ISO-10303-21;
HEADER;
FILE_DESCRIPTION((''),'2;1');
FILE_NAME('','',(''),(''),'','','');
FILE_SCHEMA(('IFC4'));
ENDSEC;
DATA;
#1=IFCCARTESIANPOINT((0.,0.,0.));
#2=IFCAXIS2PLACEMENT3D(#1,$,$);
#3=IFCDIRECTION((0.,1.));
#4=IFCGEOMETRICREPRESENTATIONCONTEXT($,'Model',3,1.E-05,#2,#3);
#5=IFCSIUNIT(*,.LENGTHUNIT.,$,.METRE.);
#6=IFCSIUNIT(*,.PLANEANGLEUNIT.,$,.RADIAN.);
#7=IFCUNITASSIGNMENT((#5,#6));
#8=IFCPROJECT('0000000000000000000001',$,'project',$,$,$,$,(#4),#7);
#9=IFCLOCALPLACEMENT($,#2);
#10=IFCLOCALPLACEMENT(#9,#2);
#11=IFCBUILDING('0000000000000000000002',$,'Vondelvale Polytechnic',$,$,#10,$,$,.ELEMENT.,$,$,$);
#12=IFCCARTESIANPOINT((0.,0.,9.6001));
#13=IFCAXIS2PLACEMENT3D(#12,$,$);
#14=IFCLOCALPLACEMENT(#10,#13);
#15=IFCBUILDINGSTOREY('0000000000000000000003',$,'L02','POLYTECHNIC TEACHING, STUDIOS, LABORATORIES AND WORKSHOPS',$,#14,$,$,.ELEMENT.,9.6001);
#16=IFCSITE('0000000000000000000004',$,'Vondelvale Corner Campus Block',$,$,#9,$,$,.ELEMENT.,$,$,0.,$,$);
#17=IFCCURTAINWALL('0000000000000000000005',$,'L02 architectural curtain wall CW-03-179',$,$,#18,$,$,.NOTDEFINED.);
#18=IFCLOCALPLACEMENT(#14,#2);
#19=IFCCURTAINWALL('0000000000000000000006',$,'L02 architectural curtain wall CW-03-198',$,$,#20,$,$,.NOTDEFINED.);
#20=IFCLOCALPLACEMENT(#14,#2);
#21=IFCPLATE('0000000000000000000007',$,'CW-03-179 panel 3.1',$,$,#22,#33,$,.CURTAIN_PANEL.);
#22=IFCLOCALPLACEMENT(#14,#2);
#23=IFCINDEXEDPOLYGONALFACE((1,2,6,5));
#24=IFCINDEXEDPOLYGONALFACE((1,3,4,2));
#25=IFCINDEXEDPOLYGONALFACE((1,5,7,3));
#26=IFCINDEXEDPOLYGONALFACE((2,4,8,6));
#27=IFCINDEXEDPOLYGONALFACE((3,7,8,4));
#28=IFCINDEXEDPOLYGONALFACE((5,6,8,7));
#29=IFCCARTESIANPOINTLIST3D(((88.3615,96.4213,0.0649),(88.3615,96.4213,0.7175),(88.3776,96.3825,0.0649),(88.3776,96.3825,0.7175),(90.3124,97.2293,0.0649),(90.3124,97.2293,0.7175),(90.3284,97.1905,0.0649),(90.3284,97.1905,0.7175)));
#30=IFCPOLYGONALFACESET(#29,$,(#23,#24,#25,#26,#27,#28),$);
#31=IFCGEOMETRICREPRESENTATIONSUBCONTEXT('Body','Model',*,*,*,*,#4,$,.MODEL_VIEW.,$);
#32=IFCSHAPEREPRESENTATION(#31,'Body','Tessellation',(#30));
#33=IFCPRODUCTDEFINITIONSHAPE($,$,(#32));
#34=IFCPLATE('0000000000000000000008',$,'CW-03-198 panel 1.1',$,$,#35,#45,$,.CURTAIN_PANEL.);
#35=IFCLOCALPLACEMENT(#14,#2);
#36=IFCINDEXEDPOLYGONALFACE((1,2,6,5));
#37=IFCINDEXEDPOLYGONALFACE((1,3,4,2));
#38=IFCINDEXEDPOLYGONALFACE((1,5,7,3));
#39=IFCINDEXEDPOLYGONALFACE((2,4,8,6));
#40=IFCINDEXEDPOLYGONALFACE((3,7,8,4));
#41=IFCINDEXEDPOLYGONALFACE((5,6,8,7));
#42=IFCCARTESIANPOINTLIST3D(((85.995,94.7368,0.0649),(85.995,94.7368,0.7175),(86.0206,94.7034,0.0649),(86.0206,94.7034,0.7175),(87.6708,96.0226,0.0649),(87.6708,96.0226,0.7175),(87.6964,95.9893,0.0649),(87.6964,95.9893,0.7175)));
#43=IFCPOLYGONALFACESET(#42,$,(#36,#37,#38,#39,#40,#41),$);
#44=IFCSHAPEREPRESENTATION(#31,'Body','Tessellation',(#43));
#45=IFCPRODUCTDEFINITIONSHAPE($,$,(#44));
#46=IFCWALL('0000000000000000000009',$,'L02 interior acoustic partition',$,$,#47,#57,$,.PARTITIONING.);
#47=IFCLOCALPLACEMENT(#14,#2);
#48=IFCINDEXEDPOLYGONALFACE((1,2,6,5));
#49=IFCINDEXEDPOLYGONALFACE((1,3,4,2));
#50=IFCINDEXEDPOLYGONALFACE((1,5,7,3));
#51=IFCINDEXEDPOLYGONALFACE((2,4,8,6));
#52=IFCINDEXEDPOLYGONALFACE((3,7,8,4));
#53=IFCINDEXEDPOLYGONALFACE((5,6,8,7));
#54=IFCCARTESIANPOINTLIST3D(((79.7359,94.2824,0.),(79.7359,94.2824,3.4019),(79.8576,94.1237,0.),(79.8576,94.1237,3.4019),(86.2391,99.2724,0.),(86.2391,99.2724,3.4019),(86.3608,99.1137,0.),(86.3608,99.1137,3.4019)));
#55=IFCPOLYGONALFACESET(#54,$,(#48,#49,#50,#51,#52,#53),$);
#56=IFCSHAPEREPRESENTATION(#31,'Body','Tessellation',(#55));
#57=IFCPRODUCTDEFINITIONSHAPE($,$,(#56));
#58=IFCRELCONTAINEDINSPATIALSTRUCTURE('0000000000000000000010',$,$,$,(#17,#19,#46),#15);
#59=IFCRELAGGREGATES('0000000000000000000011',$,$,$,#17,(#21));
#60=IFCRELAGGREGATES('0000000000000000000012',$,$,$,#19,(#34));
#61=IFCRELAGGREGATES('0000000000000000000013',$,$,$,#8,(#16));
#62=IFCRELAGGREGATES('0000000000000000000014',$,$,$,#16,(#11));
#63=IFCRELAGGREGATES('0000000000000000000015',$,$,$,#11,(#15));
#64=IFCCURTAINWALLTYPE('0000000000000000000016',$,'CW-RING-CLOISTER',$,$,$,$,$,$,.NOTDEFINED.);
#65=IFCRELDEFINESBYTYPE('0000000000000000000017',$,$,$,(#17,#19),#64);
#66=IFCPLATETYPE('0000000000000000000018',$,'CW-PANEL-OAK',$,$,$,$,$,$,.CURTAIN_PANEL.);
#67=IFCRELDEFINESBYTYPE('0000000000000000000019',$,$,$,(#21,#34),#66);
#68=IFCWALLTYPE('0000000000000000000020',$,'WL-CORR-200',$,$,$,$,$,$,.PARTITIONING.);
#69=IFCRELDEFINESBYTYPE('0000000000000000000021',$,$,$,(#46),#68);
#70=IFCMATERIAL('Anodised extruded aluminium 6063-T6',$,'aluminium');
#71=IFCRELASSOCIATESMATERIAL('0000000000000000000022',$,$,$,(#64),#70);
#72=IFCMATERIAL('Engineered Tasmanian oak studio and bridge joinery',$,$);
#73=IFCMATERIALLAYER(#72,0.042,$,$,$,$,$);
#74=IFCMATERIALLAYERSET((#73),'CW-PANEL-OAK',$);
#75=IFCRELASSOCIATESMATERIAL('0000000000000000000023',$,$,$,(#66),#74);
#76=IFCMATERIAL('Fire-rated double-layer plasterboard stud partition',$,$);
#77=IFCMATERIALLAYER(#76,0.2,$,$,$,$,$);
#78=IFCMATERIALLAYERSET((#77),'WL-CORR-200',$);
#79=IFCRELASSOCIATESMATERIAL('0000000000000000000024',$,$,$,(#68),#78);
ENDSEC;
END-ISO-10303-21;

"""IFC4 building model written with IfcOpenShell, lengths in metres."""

from ifc_helpers import new_model, si_unit, direction, frame, frame_2d, origin, origin_2d, place, context, subcontext, project, spatial, rectangle, extrude, material, layer, layer_set, type_object, element, aggregate, save


model = new_model("IFC4")

# Units and contexts
model_context = context("Model", 3, precision=1e-05, world=origin(), true_north=direction((0.0, 1.0)))
body_context = subcontext(model_context, "Body", "Model", "MODEL_VIEW")
ifc_project = project(units=[si_unit("LENGTHUNIT", "METRE"), si_unit("PLANEANGLEUNIT", "RADIAN")], contexts=[model_context])

# Site, building, storey
site_placement = place(None, origin())
site = spatial("IfcSite", under=ifc_project, at=site_placement, Name="Vondelvale Corner Campus Block", CompositionType="ELEMENT", RefElevation=0.0)
building_placement = place(site_placement, origin())
building = spatial("IfcBuilding", under=site, at=building_placement, Name="Vondelvale Polytechnic", CompositionType="ELEMENT")
storey_placement = place(building_placement, frame((0.0, 0.0, 9.6001)))
storey = spatial("IfcBuildingStorey", under=building, at=storey_placement, Name="L02", Description="POLYTECHNIC TEACHING, STUDIOS, LABORATORIES AND WORKSHOPS", CompositionType="ELEMENT", Elevation=9.6001)

# Curtain walls
ifc_material_1 = material(Name="Anodised extruded aluminium 6063-T6", Category="aluminium")
curtain_wall_type = type_object("IfcCurtainWallType", Name="CW-RING-CLOISTER", PredefinedType="NOTDEFINED", material=ifc_material_1)
curtain_wall_1_placement = place(storey_placement, origin())
curtain_wall_1 = element("IfcCurtainWall", 1, at=curtain_wall_1_placement, inside=storey, type_object=curtain_wall_type, Name="L02 architectural curtain wall CW-03-179", PredefinedType="NOTDEFINED")
curtain_wall_2_placement = place(storey_placement, origin())
curtain_wall_2 = element("IfcCurtainWall", 2, at=curtain_wall_2_placement, inside=storey, type_object=curtain_wall_type, Name="L02 architectural curtain wall CW-03-198", PredefinedType="NOTDEFINED")

# Plates
ifc_material_2 = material(Name="Engineered Tasmanian oak studio and bridge joinery")
ifc_layer_1 = layer(ifc_material_2, 0.042)
ifc_layer_set_1 = layer_set([ifc_layer_1], Name="CW-PANEL-OAK")
plate_type_1 = type_object("IfcPlateType", Name="CW-PANEL-OAK", PredefinedType="CURTAIN_PANEL", material=ifc_layer_set_1)
plate_1_placement = place(storey_placement, frame((89.345, 96.8059, 0.0649), z_axis=(0.0, 0.0, 1.0), x_axis=(-0.923882, -0.382679, 0.0)))
plate_1 = element("IfcPlate", 3, at=plate_1_placement, type_object=plate_type_1, Name="CW-03-179 panel 3.1", PredefinedType="CURTAIN_PANEL", context=body_context, shape_type="SweptSolid", body=[
    extrude(rectangle(XDim=2.1116, YDim=0.042, at=origin_2d()), origin(), (0.0, 0.0, 1.0), 0.6526),
])
aggregate(curtain_wall_1, [plate_1])
plate_2_placement = place(storey_placement, frame((86.8457, 95.363, 0.0649), z_axis=(0.0, 0.0, 1.0), x_axis=(-0.793364, -0.608748, 0.0)))
plate_2 = element("IfcPlate", 4, at=plate_2_placement, type_object=plate_type_1, Name="CW-03-198 panel 1.1", PredefinedType="CURTAIN_PANEL", context=body_context, shape_type="SweptSolid", body=[
    extrude(rectangle(XDim=2.1123, YDim=0.042, at=origin_2d()), origin(), (0.0, 0.0, 1.0), 0.6526),
])
aggregate(curtain_wall_2, [plate_2])

# Wall
ifc_material_3 = material(Name="Fire-rated double-layer plasterboard stud partition")
ifc_layer_2 = layer(ifc_material_3, 0.2)
ifc_layer_set_2 = layer_set([ifc_layer_2], Name="WL-CORR-200")
wall_type = type_object("IfcWallType", Name="WL-CORR-200", PredefinedType="PARTITIONING", material=ifc_layer_set_2)
wall_placement = place(storey_placement, frame((86.3, 99.1931, 0.0), z_axis=(0.0, 0.0, 1.0), x_axis=(-0.793357, -0.608756, 0.0)))
element("IfcWall", 5, at=wall_placement, inside=storey, type_object=wall_type, Name="L02 interior acoustic partition", PredefinedType="PARTITIONING", context=body_context, shape_type="SweptSolid", body=[
    extrude(rectangle(XDim=8.197, YDim=0.2, at=frame_2d((4.0986, 0.0))), origin(), (0.0, 0.0, 1.0), 3.4019),
])

save(model, "model.ifc")
